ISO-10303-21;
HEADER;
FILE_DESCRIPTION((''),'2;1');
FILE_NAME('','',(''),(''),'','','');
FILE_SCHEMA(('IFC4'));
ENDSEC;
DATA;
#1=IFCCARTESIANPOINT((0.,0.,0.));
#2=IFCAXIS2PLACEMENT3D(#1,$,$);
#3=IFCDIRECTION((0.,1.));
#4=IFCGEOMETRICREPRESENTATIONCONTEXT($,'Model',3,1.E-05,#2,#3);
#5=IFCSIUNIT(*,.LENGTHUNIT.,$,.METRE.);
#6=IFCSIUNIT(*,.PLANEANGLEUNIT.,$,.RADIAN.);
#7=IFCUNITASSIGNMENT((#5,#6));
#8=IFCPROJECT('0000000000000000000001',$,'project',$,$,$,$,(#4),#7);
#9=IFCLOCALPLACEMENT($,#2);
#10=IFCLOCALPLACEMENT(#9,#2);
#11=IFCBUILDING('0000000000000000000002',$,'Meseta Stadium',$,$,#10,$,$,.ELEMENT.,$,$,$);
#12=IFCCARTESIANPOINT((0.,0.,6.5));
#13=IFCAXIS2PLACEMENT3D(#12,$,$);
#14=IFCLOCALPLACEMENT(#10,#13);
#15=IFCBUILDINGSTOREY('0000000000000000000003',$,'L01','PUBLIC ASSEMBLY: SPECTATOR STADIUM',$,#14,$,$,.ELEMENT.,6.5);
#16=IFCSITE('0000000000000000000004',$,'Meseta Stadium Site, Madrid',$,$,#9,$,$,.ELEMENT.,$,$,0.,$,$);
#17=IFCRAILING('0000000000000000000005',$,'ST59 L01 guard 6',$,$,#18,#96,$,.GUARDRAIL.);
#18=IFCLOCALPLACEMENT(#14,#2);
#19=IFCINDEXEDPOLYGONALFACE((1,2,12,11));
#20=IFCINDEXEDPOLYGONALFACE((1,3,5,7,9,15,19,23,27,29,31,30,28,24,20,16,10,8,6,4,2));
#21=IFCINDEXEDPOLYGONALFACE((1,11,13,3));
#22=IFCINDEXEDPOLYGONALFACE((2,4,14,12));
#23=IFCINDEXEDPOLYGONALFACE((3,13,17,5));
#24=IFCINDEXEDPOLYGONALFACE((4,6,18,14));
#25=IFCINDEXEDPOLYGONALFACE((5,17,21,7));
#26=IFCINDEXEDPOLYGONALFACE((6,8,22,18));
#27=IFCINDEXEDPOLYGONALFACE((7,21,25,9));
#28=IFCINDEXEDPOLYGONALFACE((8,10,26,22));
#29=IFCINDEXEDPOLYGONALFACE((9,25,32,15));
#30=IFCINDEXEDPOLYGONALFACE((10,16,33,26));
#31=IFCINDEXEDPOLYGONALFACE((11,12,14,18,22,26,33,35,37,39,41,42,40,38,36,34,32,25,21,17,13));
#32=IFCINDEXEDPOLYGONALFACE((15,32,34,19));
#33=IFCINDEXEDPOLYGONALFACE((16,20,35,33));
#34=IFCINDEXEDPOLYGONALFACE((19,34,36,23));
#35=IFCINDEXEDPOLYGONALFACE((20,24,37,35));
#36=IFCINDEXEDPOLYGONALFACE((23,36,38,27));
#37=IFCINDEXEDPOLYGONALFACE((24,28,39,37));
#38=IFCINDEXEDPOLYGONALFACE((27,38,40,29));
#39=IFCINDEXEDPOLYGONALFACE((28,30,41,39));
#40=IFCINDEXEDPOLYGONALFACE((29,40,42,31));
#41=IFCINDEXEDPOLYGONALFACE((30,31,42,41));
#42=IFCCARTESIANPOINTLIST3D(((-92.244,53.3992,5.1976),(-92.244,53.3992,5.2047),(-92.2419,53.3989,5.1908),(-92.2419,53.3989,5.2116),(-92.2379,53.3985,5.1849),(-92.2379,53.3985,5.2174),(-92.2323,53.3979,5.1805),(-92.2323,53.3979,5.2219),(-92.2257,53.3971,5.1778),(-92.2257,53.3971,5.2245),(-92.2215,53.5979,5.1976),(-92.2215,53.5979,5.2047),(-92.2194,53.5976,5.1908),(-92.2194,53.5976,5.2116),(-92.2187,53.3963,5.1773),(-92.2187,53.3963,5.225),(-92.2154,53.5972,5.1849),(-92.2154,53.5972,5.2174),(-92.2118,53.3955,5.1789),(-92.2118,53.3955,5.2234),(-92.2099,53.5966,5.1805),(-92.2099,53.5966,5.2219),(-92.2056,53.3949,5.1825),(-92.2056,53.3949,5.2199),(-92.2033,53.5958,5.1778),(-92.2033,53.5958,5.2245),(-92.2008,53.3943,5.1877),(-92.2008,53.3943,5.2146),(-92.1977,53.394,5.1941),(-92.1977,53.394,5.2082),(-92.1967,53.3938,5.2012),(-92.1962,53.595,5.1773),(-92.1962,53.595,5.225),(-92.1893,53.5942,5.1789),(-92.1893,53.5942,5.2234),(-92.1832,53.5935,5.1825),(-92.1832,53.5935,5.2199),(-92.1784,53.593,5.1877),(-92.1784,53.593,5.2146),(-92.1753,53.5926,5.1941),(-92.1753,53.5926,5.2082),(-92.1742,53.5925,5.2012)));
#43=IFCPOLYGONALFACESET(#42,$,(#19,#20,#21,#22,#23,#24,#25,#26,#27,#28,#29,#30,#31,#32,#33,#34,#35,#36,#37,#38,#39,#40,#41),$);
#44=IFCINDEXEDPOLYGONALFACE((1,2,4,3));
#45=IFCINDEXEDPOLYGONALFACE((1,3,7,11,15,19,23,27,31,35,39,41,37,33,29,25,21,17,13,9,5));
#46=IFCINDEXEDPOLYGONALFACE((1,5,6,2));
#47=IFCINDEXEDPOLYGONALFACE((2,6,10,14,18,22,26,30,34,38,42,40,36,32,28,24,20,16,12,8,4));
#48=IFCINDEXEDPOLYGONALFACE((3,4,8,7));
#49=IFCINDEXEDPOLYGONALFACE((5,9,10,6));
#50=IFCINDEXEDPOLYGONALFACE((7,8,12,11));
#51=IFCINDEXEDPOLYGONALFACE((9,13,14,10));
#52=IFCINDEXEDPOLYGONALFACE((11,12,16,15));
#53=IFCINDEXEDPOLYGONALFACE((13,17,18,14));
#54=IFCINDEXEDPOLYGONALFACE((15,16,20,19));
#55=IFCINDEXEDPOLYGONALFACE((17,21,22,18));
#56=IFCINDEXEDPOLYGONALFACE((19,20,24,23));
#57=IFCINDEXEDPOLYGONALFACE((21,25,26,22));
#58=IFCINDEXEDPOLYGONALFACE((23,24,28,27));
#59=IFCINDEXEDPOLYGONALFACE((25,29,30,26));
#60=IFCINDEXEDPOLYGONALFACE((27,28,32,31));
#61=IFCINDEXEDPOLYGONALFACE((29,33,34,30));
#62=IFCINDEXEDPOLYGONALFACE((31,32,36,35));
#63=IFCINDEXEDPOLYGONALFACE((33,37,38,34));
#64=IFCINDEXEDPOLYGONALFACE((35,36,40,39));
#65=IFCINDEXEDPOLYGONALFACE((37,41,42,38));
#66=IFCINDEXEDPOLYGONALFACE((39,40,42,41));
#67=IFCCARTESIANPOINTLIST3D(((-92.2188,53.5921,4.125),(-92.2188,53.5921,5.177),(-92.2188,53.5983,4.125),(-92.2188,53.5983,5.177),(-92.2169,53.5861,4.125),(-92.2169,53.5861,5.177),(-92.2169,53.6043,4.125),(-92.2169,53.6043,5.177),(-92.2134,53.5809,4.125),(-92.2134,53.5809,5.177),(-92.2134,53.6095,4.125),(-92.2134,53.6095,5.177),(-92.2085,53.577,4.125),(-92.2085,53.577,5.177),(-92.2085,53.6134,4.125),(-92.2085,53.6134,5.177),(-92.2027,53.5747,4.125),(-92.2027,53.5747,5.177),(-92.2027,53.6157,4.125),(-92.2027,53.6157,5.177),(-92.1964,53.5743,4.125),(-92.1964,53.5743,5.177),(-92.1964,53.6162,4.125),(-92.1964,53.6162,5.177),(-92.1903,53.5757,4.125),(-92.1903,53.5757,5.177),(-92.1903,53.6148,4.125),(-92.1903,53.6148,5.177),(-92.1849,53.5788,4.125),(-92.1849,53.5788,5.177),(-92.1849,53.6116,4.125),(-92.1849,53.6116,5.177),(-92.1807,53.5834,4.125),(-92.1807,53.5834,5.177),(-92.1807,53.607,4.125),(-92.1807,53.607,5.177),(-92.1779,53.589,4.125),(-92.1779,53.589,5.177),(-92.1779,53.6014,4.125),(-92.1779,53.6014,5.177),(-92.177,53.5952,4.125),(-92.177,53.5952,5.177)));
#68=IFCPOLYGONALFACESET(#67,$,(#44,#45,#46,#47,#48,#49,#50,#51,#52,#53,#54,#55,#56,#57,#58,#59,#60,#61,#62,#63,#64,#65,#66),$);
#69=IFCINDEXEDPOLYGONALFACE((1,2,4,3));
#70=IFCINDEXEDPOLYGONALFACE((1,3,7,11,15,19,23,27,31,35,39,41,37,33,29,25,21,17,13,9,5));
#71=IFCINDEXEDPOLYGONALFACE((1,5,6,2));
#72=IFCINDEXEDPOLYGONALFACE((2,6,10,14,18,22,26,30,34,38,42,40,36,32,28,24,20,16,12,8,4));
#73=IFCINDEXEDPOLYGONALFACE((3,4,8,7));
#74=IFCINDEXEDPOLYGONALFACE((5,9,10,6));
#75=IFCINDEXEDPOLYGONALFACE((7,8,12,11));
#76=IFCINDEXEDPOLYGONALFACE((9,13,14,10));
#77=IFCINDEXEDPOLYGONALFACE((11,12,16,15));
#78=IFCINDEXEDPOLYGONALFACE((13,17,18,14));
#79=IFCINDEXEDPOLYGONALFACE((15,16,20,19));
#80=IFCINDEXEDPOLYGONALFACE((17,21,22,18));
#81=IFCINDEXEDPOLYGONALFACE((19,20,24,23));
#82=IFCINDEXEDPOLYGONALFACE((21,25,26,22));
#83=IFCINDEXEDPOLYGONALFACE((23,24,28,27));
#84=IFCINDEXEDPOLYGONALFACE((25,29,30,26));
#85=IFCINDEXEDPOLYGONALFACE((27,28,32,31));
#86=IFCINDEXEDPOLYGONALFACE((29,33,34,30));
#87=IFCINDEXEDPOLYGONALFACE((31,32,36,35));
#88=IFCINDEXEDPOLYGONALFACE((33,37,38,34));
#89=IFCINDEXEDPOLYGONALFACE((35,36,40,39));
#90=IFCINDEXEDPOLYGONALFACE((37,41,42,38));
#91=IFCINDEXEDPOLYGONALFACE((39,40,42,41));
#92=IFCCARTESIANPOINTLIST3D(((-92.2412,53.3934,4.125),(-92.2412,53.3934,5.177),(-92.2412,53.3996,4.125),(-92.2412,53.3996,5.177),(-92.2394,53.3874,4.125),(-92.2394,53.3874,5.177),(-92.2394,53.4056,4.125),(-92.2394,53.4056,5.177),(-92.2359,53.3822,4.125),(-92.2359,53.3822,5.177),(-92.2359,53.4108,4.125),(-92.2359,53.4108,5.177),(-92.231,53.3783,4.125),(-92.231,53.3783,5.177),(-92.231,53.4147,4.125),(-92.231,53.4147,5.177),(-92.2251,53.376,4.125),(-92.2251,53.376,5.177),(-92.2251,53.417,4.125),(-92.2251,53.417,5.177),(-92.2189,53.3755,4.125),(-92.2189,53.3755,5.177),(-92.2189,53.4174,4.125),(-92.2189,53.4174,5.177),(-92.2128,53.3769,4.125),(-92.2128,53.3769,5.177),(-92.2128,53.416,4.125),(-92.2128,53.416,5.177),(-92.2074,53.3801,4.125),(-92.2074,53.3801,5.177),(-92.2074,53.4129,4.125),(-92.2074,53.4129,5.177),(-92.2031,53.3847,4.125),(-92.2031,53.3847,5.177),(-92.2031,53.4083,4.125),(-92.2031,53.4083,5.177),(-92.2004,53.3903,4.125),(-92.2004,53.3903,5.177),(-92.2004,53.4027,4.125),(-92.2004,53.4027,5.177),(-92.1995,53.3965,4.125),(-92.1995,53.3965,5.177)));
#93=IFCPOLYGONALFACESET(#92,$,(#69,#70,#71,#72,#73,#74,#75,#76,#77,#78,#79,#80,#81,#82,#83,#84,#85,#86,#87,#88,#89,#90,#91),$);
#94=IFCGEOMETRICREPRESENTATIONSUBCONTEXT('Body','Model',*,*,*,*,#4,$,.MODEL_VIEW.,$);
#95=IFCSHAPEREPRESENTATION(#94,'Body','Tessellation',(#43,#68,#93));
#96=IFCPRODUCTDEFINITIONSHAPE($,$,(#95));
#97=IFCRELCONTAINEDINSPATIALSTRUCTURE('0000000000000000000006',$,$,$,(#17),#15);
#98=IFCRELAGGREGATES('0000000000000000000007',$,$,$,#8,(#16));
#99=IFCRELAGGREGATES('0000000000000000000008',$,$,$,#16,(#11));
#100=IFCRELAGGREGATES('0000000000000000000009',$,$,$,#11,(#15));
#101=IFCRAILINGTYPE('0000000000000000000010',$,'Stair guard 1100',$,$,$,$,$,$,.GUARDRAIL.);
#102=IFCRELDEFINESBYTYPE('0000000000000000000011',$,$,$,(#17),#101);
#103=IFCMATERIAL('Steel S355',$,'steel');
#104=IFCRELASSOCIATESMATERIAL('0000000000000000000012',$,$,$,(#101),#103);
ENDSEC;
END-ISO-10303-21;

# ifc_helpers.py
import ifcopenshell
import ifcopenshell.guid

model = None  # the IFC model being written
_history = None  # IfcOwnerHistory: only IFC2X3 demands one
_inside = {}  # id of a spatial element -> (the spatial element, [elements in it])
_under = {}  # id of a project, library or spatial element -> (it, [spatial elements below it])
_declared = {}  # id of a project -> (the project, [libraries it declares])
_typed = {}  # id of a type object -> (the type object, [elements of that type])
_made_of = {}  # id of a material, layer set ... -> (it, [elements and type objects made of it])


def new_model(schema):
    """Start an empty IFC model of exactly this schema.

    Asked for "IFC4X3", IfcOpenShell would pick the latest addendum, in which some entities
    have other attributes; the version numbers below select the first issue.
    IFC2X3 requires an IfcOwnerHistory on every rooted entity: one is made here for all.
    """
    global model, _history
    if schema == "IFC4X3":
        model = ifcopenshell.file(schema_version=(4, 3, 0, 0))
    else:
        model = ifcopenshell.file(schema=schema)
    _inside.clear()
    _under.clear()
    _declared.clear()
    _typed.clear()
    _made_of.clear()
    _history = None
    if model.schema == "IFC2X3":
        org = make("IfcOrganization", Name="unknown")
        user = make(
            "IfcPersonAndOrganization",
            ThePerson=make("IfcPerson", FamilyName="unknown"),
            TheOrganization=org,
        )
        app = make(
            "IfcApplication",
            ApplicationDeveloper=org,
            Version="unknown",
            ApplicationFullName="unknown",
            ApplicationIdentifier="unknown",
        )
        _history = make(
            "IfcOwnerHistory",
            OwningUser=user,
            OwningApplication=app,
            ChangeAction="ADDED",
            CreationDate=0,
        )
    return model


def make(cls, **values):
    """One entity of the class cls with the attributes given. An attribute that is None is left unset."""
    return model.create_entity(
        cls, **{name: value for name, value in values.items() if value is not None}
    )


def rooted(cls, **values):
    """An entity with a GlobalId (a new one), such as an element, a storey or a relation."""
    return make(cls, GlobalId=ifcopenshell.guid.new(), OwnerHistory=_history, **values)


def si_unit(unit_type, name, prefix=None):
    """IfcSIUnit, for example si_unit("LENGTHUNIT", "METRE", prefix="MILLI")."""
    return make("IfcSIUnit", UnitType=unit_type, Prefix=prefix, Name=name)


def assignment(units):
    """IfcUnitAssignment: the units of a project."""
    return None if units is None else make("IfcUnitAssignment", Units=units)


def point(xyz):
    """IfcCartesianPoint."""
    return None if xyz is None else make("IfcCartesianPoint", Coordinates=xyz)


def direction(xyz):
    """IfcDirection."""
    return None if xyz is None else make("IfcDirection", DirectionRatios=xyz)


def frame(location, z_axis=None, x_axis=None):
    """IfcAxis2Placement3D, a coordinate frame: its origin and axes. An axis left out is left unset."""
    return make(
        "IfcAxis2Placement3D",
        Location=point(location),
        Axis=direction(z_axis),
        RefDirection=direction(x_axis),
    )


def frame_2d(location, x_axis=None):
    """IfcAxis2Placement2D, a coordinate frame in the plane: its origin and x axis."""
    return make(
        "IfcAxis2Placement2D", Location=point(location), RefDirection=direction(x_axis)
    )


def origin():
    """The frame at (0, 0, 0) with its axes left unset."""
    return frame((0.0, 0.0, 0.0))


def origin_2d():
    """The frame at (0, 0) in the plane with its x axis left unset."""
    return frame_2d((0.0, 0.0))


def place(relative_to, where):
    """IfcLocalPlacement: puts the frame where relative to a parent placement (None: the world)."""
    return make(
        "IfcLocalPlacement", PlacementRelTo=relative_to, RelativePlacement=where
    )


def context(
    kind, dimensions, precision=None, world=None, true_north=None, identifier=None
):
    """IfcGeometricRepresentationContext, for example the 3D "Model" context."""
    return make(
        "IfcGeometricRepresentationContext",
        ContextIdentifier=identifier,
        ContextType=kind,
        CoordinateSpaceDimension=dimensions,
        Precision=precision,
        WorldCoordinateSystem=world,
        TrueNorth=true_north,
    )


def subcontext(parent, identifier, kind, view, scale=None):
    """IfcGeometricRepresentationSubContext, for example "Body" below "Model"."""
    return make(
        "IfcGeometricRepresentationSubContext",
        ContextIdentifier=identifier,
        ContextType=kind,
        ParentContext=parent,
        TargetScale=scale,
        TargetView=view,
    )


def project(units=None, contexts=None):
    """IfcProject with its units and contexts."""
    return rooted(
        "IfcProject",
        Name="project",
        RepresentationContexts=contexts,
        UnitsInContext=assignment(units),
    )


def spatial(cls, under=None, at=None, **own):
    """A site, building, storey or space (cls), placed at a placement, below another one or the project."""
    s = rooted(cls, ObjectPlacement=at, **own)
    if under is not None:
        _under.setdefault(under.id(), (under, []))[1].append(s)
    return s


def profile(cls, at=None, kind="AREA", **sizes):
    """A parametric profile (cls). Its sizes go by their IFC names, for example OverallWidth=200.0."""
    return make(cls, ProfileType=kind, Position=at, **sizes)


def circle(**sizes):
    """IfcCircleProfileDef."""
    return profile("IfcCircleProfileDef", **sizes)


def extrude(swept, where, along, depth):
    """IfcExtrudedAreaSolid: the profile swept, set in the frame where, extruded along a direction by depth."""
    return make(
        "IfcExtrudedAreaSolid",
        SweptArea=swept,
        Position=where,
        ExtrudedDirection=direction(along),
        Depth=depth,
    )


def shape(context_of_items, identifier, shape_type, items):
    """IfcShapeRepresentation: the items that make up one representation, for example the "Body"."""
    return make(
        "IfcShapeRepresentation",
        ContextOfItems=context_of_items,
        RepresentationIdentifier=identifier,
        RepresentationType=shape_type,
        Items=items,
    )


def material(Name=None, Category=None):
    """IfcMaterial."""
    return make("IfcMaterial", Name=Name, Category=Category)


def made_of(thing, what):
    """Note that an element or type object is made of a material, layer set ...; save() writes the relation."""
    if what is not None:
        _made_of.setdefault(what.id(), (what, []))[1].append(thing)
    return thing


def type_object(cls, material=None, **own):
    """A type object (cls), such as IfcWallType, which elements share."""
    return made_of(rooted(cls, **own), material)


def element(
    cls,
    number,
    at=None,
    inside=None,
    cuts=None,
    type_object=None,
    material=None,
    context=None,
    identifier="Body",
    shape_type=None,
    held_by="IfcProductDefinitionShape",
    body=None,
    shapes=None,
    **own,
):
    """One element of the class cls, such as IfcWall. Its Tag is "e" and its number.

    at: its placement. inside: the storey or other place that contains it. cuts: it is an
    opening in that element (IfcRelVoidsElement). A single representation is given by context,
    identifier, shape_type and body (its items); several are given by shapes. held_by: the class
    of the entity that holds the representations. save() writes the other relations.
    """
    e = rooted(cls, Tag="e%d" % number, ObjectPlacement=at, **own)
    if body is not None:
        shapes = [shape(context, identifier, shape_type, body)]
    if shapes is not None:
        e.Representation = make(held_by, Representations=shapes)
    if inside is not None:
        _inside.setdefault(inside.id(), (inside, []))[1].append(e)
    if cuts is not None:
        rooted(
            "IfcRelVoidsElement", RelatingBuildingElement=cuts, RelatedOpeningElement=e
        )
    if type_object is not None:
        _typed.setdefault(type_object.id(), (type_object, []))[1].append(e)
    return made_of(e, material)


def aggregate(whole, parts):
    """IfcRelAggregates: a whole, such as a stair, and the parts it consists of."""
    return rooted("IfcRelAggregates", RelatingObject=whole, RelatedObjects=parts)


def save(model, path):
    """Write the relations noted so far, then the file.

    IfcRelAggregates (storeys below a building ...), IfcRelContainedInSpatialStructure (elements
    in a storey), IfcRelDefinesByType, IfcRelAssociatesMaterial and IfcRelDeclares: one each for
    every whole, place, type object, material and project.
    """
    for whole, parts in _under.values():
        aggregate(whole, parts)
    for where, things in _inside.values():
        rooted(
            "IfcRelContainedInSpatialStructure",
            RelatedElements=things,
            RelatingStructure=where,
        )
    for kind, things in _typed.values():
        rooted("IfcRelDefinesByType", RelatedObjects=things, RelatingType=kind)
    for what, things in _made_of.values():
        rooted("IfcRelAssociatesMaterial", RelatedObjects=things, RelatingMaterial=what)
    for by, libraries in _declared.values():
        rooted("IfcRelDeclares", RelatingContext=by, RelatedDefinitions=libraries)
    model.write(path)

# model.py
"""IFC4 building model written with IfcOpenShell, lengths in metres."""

from ifc_helpers import new_model, si_unit, direction, frame, origin, origin_2d, place, context, subcontext, project, spatial, circle, extrude, material, type_object, element, save


model = new_model("IFC4")

# Units and contexts
model_context = context("Model", 3, precision=1e-05, world=origin(), true_north=direction((0.0, 1.0)))
body_context = subcontext(model_context, "Body", "Model", "MODEL_VIEW")
ifc_project = project(units=[si_unit("LENGTHUNIT", "METRE"), si_unit("PLANEANGLEUNIT", "RADIAN")], contexts=[model_context])

# Site, building, storey
site_placement = place(None, origin())
site = spatial("IfcSite", under=ifc_project, at=site_placement, Name="Meseta Stadium Site, Madrid", CompositionType="ELEMENT", RefElevation=0.0)
building_placement = place(site_placement, origin())
building = spatial("IfcBuilding", under=site, at=building_placement, Name="Meseta Stadium", CompositionType="ELEMENT")
storey_placement = place(building_placement, frame((0.0, 0.0, 6.5)))
storey = spatial("IfcBuildingStorey", under=building, at=storey_placement, Name="L01", Description="PUBLIC ASSEMBLY: SPECTATOR STADIUM", CompositionType="ELEMENT", Elevation=6.5)

# Railing
ifc_material_1 = material(Name="Steel S355", Category="steel")
railing_type_1 = type_object("IfcRailingType", Name="Stair guard 1100", PredefinedType="GUARDRAIL", material=ifc_material_1)
railing_1_placement = place(storey_placement, frame((-92.198, 53.5952, 4.125)))
element("IfcRailing", 1, at=railing_1_placement, inside=storey, type_object=railing_type_1, Name="ST59 L01 guard 6", PredefinedType="GUARDRAIL", context=body_context, shape_type="SweptSolid", body=[
    extrude(circle(Radius=0.0239, at=origin_2d()), frame((0.0, 0.0, 1.0762), z_axis=(-0.112307, -0.993674, 0.0), x_axis=(0.993674, -0.112307, 0.0)), (0.0, 0.0, 1.0), 0.2),
    extrude(circle(Radius=0.021, at=origin_2d()), origin(), (0.0, 0.0, 1.0), 1.052),
    extrude(circle(Radius=0.021, at=origin_2d()), frame((-0.0225, -0.1987, 0.0)), (0.0, 0.0, 1.0), 1.052),
])

save(model, "model.ifc")
